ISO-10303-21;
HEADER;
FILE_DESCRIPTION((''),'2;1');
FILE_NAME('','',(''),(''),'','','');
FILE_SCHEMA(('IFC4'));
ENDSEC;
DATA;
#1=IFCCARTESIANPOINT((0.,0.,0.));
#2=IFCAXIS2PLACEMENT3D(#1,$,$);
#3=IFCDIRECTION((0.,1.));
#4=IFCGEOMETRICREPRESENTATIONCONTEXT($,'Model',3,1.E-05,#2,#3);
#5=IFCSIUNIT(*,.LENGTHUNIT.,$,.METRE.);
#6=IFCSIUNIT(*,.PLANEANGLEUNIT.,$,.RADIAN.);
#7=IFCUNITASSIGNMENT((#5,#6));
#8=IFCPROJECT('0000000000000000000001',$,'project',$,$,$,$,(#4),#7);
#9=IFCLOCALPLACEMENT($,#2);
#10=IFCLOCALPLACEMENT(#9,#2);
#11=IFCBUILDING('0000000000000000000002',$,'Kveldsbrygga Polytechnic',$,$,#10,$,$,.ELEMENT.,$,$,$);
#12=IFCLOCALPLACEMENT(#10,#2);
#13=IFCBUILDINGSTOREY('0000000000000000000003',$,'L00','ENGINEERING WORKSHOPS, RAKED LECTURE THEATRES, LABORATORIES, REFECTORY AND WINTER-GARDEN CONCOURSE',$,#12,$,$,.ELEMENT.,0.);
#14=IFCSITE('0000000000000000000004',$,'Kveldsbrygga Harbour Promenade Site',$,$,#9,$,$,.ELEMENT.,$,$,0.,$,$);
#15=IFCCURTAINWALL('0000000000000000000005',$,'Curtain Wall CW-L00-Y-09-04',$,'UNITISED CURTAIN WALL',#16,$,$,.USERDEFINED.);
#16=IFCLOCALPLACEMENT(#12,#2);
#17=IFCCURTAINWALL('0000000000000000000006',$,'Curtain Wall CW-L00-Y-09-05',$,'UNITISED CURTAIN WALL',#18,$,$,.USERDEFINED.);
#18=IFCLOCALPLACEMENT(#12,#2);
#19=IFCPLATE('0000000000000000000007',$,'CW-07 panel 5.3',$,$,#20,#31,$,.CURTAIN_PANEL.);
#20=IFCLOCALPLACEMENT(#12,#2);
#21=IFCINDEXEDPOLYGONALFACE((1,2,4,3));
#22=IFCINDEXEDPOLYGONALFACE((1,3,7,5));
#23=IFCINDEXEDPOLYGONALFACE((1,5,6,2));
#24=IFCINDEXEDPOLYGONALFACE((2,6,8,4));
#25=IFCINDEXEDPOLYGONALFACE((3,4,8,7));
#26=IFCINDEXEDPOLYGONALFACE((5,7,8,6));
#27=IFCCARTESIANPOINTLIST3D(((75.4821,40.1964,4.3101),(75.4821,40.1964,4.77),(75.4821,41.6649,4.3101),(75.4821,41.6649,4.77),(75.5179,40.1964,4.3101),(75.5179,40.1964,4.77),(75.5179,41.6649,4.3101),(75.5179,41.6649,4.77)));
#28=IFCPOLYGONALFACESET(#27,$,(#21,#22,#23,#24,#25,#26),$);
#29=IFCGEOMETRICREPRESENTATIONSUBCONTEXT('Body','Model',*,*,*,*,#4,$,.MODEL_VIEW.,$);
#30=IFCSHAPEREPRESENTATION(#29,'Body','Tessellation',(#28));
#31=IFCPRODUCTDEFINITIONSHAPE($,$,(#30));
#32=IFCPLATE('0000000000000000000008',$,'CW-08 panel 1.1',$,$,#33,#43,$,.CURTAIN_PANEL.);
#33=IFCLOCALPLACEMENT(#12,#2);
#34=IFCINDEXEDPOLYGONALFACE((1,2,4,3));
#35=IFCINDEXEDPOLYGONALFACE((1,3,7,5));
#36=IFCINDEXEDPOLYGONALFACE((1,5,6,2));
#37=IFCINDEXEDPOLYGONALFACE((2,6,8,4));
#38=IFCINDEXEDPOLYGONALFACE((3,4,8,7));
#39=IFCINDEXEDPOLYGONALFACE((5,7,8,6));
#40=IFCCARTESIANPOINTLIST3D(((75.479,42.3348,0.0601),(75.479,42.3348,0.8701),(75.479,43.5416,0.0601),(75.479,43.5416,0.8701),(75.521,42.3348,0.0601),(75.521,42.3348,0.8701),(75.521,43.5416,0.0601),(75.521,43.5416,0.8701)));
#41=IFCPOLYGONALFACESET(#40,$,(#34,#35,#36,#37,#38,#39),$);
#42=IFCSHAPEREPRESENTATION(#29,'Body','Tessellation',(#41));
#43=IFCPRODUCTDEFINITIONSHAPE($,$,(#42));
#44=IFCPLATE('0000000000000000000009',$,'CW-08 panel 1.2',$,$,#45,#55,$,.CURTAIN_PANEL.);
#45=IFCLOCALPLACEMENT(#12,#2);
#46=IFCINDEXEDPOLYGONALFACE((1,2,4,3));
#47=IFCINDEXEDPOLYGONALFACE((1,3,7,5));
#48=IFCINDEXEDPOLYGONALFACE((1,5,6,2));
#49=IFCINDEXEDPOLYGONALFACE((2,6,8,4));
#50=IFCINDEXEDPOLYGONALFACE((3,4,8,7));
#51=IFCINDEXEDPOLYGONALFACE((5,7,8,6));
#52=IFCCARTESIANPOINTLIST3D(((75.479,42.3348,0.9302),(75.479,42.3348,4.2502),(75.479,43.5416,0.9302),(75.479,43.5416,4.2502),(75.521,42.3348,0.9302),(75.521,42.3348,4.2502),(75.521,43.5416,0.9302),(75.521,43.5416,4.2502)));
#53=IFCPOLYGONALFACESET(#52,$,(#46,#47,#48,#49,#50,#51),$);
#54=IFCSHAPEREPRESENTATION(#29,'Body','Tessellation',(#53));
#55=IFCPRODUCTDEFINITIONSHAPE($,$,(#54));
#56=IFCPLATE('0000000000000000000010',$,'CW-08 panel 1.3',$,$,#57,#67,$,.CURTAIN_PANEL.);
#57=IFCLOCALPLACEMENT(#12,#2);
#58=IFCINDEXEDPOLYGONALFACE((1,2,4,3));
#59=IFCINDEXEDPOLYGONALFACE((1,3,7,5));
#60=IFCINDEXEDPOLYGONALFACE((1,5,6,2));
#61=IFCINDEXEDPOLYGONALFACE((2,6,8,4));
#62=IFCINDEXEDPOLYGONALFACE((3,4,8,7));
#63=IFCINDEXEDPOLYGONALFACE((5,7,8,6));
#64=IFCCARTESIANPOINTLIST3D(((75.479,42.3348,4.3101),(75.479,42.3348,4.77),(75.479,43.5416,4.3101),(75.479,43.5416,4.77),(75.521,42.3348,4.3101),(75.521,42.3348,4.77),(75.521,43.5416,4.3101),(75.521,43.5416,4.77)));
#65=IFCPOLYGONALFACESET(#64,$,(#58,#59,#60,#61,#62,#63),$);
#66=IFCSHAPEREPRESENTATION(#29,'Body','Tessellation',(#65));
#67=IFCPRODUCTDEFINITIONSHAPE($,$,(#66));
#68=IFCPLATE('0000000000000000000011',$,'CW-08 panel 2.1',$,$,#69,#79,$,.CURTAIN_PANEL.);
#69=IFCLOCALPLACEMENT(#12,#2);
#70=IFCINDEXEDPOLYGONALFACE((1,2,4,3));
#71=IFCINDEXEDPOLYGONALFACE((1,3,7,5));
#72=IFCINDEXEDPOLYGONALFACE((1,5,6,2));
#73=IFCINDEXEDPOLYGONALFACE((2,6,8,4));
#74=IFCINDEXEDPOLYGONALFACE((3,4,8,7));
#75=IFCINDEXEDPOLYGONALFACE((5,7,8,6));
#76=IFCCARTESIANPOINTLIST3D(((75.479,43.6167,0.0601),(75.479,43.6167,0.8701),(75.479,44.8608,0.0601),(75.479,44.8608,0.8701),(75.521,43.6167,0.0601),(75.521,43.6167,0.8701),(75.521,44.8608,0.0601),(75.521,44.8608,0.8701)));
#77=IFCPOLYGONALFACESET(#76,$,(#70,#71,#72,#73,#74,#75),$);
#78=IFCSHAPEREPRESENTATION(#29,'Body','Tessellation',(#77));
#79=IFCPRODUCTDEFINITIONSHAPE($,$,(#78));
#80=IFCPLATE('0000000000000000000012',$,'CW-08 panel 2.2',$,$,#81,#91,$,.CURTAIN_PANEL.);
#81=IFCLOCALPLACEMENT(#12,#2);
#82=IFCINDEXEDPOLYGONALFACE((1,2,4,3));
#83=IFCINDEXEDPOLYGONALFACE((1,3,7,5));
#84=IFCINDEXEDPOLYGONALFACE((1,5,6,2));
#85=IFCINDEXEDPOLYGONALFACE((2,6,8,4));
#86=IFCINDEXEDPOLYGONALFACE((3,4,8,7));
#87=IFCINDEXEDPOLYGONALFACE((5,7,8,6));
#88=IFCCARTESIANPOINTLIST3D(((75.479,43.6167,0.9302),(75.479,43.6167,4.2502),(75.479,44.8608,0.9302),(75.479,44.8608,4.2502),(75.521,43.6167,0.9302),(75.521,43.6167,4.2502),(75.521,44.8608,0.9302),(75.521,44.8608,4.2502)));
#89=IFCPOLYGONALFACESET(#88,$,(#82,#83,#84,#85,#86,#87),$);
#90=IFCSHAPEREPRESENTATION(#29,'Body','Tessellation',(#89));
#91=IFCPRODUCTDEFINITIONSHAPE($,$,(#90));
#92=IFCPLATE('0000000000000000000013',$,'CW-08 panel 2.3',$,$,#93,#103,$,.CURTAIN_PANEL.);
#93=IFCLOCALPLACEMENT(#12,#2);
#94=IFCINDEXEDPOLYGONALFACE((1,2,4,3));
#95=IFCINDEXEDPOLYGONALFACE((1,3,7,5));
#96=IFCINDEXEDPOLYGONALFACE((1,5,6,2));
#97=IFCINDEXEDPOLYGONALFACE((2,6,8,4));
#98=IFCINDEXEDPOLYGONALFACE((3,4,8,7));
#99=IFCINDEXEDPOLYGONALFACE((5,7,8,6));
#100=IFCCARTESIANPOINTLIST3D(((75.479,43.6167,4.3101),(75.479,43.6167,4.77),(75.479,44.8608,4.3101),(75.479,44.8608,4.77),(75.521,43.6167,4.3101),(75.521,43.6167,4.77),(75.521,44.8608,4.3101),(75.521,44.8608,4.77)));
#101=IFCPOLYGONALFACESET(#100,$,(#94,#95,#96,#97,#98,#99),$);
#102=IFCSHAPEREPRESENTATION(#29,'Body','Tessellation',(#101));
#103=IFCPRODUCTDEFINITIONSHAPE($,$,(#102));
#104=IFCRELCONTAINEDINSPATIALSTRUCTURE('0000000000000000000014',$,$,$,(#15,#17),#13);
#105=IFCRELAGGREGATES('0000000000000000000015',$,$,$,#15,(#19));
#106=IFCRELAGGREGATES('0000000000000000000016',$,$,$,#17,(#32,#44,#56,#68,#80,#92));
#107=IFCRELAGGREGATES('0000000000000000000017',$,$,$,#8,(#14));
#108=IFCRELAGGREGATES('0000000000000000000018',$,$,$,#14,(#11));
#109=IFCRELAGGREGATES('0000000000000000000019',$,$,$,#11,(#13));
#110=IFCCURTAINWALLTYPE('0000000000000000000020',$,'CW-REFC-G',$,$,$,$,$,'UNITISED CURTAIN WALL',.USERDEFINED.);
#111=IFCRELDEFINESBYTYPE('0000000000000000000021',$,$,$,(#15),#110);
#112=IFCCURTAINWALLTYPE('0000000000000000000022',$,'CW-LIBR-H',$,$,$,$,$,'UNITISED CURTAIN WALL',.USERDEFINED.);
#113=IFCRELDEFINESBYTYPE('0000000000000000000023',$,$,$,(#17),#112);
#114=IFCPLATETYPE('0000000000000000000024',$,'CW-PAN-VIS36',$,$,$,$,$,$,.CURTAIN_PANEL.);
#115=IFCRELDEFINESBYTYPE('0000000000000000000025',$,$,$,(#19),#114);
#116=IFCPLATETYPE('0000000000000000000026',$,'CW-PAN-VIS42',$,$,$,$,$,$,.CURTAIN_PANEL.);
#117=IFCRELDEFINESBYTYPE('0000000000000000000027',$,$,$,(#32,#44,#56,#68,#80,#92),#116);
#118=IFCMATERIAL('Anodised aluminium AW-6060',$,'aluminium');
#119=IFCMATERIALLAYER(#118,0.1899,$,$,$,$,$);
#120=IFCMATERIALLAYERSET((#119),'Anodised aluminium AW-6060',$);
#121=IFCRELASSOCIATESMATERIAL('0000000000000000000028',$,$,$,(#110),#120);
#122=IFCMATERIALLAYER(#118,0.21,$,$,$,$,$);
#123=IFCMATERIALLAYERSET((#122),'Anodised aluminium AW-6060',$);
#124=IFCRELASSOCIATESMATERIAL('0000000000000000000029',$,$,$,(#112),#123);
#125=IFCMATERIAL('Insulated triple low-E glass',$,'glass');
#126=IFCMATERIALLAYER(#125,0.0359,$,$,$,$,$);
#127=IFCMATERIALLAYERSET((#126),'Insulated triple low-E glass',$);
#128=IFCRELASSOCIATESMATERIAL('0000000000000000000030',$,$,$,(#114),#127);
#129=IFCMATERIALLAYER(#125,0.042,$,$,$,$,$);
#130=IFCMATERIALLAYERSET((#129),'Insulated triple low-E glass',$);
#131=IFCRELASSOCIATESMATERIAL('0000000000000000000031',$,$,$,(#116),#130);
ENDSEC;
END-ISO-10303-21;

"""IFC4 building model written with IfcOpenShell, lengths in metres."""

from ifc_helpers import new_model, si_unit, direction, frame, origin, origin_2d, place, context, subcontext, project, spatial, rectangle, extrude, material, layer, layer_set, type_object, element, aggregate, save


model = new_model("IFC4")

# Units and contexts
model_context = context("Model", 3, precision=1e-05, world=origin(), true_north=direction((0.0, 1.0)))
body_context = subcontext(model_context, "Body", "Model", "MODEL_VIEW")
ifc_project = project(units=[si_unit("LENGTHUNIT", "METRE"), si_unit("PLANEANGLEUNIT", "RADIAN")], contexts=[model_context])

# Site, building, storey
site_placement = place(None, origin())
site = spatial("IfcSite", under=ifc_project, at=site_placement, Name="Kveldsbrygga Harbour Promenade Site", CompositionType="ELEMENT", RefElevation=0.0)
building_placement = place(site_placement, origin())
building = spatial("IfcBuilding", under=site, at=building_placement, Name="Kveldsbrygga Polytechnic", CompositionType="ELEMENT")
storey_placement = place(building_placement, origin())
storey = spatial("IfcBuildingStorey", under=building, at=storey_placement, Name="L00", Description="ENGINEERING WORKSHOPS, RAKED LECTURE THEATRES, LABORATORIES, REFECTORY AND WINTER-GARDEN CONCOURSE", CompositionType="ELEMENT", Elevation=0.0)

# Curtain walls
ifc_material_1 = material(Name="Anodised aluminium AW-6060", Category="aluminium")
ifc_layer_1 = layer(ifc_material_1, 0.1899)
ifc_layer_set_1 = layer_set([ifc_layer_1], Name="Anodised aluminium AW-6060")
curtain_wall_type_1 = type_object("IfcCurtainWallType", Name="CW-REFC-G", ElementType="UNITISED CURTAIN WALL", PredefinedType="USERDEFINED", material=ifc_layer_set_1)
curtain_wall_1_placement = place(storey_placement, origin())
curtain_wall_1 = element("IfcCurtainWall", 1, at=curtain_wall_1_placement, inside=storey, type_object=curtain_wall_type_1, Name="Curtain Wall CW-L00-Y-09-04", ObjectType="UNITISED CURTAIN WALL", PredefinedType="USERDEFINED")
ifc_layer_2 = layer(ifc_material_1, 0.21)
ifc_layer_set_2 = layer_set([ifc_layer_2], Name="Anodised aluminium AW-6060")
curtain_wall_type_2 = type_object("IfcCurtainWallType", Name="CW-LIBR-H", ElementType="UNITISED CURTAIN WALL", PredefinedType="USERDEFINED", material=ifc_layer_set_2)
curtain_wall_2_placement = place(storey_placement, origin())
curtain_wall_2 = element("IfcCurtainWall", 2, at=curtain_wall_2_placement, inside=storey, type_object=curtain_wall_type_2, Name="Curtain Wall CW-L00-Y-09-05", ObjectType="UNITISED CURTAIN WALL", PredefinedType="USERDEFINED")

# Plates
ifc_material_2 = material(Name="Insulated triple low-E glass", Category="glass")
ifc_layer_3 = layer(ifc_material_2, 0.0359)
ifc_layer_set_3 = layer_set([ifc_layer_3], Name="Insulated triple low-E glass")
plate_type_1 = type_object("IfcPlateType", Name="CW-PAN-VIS36", PredefinedType="CURTAIN_PANEL", material=ifc_layer_set_3)
plate_1_placement = place(storey_placement, frame((75.5, 40.9307, 4.3101), z_axis=(0.0, 0.0, 1.0), x_axis=(0.0, 1.0, 0.0)))
plate_1 = element("IfcPlate", 3, at=plate_1_placement, type_object=plate_type_1, Name="CW-07 panel 5.3", PredefinedType="CURTAIN_PANEL", context=body_context, shape_type="SweptSolid", body=[
    extrude(rectangle(XDim=1.4685, YDim=0.0359, at=origin_2d()), origin(), (0.0, 0.0, 1.0), 0.46),
])
aggregate(curtain_wall_1, [plate_1])
ifc_layer_4 = layer(ifc_material_2, 0.042)
ifc_layer_set_4 = layer_set([ifc_layer_4], Name="Insulated triple low-E glass")
plate_type_2 = type_object("IfcPlateType", Name="CW-PAN-VIS42", PredefinedType="CURTAIN_PANEL", material=ifc_layer_set_4)
plate_2_placement = place(storey_placement, frame((75.5, 42.9382, 0.0601), z_axis=(0.0, 0.0, 1.0), x_axis=(0.0, 1.0, 0.0)))
plate_2 = element("IfcPlate", 4, at=plate_2_placement, type_object=plate_type_2, Name="CW-08 panel 1.1", PredefinedType="CURTAIN_PANEL", context=body_context, shape_type="SweptSolid", body=[
    extrude(rectangle(XDim=1.2068, YDim=0.042, at=origin_2d()), origin(), (0.0, 0.0, 1.0), 0.8101),
])
plate_3_placement = place(storey_placement, frame((75.5, 42.9382, 0.9302), z_axis=(0.0, 0.0, 1.0), x_axis=(0.0, 1.0, 0.0)))
plate_3 = element("IfcPlate", 5, at=plate_3_placement, type_object=plate_type_2, Name="CW-08 panel 1.2", PredefinedType="CURTAIN_PANEL", context=body_context, shape_type="SweptSolid", body=[
    extrude(rectangle(XDim=1.2068, YDim=0.042, at=origin_2d()), origin(), (0.0, 0.0, 1.0), 3.3201),
])
plate_4_placement = place(storey_placement, frame((75.5, 42.9382, 4.3101), z_axis=(0.0, 0.0, 1.0), x_axis=(0.0, 1.0, 0.0)))
plate_4 = element("IfcPlate", 6, at=plate_4_placement, type_object=plate_type_2, Name="CW-08 panel 1.3", PredefinedType="CURTAIN_PANEL", context=body_context, shape_type="SweptSolid", body=[
    extrude(rectangle(XDim=1.2068, YDim=0.042, at=origin_2d()), origin(), (0.0, 0.0, 1.0), 0.46),
])
plate_5_placement = place(storey_placement, frame((75.5, 44.2388, 0.0601), z_axis=(0.0, 0.0, 1.0), x_axis=(0.0, 1.0, 0.0)))
plate_5 = element("IfcPlate", 7, at=plate_5_placement, type_object=plate_type_2, Name="CW-08 panel 2.1", PredefinedType="CURTAIN_PANEL", context=body_context, shape_type="SweptSolid", body=[
    extrude(rectangle(XDim=1.2441, YDim=0.042, at=origin_2d()), origin(), (0.0, 0.0, 1.0), 0.8101),
])
plate_6_placement = place(storey_placement, frame((75.5, 44.2388, 0.9302), z_axis=(0.0, 0.0, 1.0), x_axis=(0.0, 1.0, 0.0)))
plate_6 = element("IfcPlate", 8, at=plate_6_placement, type_object=plate_type_2, Name="CW-08 panel 2.2", PredefinedType="CURTAIN_PANEL", context=body_context, shape_type="SweptSolid", body=[
    extrude(rectangle(XDim=1.2441, YDim=0.042, at=origin_2d()), origin(), (0.0, 0.0, 1.0), 3.3201),
])
plate_7_placement = place(storey_placement, frame((75.5, 44.2388, 4.3101), z_axis=(0.0, 0.0, 1.0), x_axis=(0.0, 1.0, 0.0)))
plate_7 = element("IfcPlate", 9, at=plate_7_placement, type_object=plate_type_2, Name="CW-08 panel 2.3", PredefinedType="CURTAIN_PANEL", context=body_context, shape_type="SweptSolid", body=[
    extrude(rectangle(XDim=1.2441, YDim=0.042, at=origin_2d()), origin(), (0.0, 0.0, 1.0), 0.46),
])
aggregate(curtain_wall_2, [plate_2, plate_3, plate_4, plate_5, plate_6, plate_7])

save(model, "model.ifc")
